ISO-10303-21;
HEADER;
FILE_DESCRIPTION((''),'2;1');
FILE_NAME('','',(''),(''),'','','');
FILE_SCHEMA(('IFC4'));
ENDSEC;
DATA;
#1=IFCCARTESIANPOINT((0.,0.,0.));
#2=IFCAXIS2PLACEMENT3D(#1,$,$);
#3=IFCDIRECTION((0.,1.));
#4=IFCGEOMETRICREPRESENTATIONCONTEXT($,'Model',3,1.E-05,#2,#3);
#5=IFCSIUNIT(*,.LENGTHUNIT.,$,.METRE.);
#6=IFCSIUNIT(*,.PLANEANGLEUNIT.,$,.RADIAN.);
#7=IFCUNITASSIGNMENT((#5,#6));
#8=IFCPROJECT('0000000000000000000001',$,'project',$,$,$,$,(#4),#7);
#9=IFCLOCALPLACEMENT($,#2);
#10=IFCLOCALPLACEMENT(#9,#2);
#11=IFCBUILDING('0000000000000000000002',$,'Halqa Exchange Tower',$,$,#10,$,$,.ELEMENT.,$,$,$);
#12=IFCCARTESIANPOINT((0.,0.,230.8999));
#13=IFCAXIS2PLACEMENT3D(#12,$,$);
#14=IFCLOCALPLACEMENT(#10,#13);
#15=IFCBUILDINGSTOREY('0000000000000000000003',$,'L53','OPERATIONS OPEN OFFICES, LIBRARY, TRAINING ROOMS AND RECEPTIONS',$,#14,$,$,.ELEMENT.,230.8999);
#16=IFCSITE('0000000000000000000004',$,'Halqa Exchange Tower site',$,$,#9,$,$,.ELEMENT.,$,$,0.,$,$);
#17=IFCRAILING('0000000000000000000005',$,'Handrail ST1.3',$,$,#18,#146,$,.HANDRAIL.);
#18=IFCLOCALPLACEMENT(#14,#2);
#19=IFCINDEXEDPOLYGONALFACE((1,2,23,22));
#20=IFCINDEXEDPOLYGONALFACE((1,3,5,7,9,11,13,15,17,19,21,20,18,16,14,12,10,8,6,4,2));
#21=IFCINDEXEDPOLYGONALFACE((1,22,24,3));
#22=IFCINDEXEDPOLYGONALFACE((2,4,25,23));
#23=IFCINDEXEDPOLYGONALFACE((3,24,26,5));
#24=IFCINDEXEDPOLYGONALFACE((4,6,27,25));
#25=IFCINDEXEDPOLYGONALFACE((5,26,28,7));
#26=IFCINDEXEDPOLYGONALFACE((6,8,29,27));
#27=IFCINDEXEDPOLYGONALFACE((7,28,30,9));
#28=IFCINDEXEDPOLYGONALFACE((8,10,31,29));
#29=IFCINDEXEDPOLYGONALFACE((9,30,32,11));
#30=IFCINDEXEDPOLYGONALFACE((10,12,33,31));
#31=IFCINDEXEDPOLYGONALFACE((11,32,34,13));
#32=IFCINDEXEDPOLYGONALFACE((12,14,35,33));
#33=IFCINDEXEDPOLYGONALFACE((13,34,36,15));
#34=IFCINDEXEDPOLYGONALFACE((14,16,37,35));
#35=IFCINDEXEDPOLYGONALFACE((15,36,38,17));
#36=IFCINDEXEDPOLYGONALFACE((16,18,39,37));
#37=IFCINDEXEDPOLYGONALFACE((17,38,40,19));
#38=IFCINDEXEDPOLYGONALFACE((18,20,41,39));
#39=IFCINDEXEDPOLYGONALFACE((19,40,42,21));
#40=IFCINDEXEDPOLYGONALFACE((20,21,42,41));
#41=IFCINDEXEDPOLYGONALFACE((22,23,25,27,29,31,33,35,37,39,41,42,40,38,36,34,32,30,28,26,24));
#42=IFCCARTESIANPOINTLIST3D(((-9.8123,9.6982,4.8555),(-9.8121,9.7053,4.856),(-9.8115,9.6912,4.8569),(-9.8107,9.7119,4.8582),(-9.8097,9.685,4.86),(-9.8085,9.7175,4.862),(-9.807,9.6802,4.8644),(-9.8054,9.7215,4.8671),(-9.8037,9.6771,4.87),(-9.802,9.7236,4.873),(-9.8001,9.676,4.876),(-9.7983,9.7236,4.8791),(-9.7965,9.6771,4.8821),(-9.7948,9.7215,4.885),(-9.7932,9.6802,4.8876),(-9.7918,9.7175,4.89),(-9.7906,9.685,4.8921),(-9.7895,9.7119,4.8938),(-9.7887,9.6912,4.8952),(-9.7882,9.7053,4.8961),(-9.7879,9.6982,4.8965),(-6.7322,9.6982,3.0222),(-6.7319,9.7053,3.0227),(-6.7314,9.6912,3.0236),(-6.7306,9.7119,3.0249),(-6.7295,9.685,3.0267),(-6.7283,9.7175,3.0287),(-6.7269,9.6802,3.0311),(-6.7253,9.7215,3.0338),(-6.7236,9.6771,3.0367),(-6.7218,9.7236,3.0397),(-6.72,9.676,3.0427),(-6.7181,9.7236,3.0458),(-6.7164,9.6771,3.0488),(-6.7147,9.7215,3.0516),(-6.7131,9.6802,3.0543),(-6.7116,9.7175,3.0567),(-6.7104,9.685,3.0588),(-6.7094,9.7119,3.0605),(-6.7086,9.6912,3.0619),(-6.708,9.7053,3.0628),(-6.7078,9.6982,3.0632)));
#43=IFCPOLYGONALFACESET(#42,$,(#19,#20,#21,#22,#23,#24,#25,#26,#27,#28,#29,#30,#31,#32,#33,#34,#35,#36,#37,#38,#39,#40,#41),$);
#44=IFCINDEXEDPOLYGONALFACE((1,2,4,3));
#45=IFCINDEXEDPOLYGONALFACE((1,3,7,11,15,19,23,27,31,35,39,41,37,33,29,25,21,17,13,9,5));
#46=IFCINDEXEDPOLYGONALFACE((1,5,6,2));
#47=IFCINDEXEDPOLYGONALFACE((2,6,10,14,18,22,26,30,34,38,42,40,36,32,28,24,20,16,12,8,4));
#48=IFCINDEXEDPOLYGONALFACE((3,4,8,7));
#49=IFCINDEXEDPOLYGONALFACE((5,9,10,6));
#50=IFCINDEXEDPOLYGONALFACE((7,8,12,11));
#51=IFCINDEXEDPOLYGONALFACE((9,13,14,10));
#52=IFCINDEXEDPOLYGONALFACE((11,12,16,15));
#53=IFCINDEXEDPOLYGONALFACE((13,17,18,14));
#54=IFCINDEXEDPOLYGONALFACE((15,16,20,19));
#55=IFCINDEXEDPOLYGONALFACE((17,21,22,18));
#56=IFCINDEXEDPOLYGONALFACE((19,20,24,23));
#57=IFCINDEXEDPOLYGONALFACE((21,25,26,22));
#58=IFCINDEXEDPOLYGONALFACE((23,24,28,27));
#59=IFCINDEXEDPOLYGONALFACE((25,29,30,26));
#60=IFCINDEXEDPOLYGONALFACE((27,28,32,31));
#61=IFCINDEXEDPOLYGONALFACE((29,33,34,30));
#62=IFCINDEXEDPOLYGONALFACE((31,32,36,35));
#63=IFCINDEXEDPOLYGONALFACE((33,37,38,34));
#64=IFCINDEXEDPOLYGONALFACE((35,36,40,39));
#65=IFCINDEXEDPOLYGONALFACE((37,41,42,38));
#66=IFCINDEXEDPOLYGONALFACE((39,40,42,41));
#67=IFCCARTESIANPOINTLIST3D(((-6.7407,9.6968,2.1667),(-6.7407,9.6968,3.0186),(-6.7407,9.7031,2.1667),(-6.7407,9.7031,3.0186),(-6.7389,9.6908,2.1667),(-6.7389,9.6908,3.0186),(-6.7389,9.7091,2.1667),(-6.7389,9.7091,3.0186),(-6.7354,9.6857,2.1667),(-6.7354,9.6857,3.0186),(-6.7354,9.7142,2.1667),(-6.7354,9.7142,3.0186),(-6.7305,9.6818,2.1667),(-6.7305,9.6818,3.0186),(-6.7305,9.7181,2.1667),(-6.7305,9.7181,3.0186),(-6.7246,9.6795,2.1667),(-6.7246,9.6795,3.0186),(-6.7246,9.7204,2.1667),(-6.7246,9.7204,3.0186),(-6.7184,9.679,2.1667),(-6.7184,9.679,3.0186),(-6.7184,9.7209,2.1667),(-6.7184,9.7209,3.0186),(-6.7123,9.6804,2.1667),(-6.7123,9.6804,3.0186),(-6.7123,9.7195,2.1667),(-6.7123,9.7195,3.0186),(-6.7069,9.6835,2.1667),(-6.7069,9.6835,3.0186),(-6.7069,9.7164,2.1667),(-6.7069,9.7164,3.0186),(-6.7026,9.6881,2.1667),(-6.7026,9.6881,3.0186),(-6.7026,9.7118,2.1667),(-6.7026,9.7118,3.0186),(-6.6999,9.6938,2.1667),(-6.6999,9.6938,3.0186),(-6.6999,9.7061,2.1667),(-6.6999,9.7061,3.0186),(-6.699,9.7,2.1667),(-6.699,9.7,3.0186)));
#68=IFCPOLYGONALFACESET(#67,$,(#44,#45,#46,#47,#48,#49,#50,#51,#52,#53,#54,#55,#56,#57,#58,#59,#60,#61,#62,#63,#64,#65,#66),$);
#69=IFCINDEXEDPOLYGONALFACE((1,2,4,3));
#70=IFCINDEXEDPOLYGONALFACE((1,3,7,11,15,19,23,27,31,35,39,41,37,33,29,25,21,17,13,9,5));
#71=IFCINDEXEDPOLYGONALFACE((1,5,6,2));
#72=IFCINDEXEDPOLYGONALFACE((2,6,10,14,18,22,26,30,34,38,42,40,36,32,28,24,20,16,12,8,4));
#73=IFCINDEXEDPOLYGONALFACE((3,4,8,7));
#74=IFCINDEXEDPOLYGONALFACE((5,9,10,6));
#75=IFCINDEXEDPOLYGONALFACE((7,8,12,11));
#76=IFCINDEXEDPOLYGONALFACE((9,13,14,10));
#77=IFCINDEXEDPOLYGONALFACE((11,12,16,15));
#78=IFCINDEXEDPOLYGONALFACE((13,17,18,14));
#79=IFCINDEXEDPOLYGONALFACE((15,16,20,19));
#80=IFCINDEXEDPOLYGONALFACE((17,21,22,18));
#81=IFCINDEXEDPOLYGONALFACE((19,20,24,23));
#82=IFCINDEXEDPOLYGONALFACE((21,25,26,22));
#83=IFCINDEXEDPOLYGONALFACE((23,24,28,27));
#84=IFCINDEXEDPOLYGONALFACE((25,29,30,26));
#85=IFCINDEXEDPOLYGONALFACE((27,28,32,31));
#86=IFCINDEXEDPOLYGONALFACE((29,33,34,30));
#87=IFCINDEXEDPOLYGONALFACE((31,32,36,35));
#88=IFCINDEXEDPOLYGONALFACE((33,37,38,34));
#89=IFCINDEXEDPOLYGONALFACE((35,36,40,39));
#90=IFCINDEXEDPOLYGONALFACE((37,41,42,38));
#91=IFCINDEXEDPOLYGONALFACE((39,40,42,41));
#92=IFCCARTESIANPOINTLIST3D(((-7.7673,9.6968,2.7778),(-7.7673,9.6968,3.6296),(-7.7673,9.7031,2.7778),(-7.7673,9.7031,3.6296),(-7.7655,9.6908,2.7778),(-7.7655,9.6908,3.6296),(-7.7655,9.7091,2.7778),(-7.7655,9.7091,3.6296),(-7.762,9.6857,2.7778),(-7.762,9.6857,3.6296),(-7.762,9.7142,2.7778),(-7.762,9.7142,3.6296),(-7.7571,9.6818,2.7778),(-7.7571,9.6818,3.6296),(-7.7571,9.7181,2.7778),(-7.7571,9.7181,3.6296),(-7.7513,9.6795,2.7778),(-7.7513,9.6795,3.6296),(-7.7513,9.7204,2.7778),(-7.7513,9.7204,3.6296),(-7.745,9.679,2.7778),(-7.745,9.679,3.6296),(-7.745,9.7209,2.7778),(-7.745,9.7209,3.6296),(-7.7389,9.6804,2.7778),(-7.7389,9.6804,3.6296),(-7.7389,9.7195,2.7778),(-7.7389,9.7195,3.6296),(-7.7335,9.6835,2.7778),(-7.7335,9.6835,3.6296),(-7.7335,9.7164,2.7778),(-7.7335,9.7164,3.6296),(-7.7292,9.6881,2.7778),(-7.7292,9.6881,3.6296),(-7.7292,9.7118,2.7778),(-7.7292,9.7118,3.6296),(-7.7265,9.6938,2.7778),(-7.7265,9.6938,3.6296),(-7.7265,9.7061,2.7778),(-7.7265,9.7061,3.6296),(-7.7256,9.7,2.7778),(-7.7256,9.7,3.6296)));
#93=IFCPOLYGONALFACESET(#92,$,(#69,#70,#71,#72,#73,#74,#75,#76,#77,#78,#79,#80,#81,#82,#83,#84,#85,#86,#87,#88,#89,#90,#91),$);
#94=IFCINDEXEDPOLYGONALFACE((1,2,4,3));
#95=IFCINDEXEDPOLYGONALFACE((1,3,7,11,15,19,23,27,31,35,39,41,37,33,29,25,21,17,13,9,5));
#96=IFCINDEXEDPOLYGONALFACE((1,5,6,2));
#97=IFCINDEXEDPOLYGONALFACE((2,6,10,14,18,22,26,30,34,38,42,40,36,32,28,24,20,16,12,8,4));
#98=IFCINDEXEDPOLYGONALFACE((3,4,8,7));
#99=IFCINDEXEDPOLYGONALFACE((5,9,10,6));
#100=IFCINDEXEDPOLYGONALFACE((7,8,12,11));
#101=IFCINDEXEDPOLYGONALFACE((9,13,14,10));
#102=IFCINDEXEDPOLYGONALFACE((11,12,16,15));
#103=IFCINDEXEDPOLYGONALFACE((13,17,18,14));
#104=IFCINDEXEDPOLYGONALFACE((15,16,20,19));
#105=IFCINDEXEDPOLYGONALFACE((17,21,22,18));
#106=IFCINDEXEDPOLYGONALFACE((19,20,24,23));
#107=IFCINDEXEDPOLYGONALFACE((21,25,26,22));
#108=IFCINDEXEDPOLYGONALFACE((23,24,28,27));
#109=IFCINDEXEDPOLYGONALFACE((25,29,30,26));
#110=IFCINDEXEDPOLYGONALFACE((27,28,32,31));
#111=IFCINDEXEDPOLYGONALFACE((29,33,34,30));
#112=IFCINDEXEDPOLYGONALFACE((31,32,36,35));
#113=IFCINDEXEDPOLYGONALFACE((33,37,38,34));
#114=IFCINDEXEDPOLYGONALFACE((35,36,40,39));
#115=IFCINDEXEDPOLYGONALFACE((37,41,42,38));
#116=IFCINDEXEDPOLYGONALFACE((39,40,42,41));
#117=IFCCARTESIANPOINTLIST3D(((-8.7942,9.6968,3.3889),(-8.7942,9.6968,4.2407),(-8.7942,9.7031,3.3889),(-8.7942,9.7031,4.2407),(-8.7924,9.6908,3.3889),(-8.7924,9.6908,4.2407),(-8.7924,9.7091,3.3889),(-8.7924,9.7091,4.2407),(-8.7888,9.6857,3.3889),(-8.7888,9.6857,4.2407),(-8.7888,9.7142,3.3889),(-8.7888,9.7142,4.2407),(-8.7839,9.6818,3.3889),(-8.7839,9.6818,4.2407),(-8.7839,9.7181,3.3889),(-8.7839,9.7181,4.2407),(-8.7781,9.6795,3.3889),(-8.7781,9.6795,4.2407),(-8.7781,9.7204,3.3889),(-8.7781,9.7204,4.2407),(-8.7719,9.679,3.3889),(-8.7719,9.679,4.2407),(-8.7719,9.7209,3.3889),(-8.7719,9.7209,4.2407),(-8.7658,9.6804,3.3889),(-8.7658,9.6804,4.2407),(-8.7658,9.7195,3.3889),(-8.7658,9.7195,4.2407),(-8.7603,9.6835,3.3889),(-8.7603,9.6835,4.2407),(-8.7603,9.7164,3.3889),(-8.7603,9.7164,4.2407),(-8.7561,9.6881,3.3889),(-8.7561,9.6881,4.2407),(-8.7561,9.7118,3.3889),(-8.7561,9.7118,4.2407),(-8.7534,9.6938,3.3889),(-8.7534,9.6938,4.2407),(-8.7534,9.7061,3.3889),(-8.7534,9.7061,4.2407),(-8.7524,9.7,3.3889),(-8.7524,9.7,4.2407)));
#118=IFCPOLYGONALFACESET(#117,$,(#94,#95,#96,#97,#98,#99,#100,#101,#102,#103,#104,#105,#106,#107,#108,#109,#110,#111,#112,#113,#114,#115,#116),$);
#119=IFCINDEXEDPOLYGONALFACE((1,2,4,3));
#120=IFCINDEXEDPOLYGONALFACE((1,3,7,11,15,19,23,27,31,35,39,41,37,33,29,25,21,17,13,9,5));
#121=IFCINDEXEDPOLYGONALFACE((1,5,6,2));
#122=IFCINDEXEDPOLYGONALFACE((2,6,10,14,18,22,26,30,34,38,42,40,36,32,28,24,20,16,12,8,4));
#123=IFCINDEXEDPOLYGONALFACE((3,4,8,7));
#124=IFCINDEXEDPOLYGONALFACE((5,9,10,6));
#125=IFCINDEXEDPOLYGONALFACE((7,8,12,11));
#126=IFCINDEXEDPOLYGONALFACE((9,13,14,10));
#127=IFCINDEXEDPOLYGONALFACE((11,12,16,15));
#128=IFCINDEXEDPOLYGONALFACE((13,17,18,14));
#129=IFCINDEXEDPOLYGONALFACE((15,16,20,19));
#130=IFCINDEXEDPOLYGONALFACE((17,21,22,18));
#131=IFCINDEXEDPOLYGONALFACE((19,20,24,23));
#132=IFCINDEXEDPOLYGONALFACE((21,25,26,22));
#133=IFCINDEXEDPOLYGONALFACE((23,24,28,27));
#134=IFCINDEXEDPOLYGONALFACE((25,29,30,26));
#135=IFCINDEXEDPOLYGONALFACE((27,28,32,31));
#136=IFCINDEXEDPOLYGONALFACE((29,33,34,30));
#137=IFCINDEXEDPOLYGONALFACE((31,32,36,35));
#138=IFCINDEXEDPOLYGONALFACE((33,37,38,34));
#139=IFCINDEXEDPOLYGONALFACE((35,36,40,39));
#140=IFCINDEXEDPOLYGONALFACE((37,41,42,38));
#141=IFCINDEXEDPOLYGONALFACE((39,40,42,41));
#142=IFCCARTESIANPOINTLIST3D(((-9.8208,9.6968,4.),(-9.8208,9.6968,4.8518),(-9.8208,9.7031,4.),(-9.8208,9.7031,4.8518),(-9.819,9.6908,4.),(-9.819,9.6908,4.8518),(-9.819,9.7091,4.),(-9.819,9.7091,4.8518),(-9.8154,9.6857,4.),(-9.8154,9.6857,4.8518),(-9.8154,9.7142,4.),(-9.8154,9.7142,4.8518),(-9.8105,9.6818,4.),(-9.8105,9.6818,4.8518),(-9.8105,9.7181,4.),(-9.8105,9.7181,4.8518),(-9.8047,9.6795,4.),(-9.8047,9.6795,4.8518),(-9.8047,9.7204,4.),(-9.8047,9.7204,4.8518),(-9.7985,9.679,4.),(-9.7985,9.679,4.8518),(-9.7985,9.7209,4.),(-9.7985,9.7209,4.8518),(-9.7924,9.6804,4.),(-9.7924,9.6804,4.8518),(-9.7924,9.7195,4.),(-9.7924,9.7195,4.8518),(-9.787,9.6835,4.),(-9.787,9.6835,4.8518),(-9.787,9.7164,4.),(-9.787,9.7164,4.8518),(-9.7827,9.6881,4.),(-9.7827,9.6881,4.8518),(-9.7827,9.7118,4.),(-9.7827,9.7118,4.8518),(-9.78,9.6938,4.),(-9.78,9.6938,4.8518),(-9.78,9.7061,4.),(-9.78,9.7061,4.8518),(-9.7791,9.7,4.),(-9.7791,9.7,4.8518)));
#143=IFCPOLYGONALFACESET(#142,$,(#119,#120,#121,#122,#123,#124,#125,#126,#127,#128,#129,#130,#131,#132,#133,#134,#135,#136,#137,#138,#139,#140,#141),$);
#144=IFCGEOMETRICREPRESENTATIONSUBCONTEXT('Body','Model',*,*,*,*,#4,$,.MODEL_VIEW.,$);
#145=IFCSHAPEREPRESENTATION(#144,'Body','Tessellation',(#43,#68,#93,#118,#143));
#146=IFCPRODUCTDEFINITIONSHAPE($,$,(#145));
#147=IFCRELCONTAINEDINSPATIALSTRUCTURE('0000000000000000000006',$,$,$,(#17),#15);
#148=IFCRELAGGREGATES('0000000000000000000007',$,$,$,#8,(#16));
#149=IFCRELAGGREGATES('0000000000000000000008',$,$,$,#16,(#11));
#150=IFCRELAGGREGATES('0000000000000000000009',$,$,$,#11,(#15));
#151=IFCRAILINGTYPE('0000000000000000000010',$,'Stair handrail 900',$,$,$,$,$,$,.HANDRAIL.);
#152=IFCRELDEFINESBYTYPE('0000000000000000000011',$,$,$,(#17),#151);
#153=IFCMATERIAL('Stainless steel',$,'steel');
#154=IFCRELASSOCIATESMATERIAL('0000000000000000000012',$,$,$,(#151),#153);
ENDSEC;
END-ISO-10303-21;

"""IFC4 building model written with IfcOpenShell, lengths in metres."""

from ifc_helpers import new_model, si_unit, direction, frame, origin, origin_2d, place, context, subcontext, project, spatial, circle, extrude, material, type_object, element, save


model = new_model("IFC4")

# Units and contexts
model_context = context("Model", 3, precision=1e-05, world=origin(), true_north=direction((0.0, 1.0)))
body_context = subcontext(model_context, "Body", "Model", "MODEL_VIEW")
ifc_project = project(units=[si_unit("LENGTHUNIT", "METRE"), si_unit("PLANEANGLEUNIT", "RADIAN")], contexts=[model_context])

# Site, building, storey
site_placement = place(None, origin())
site = spatial("IfcSite", under=ifc_project, at=site_placement, Name="Halqa Exchange Tower site", CompositionType="ELEMENT", RefElevation=0.0)
building_placement = place(site_placement, origin())
building = spatial("IfcBuilding", under=site, at=building_placement, Name="Halqa Exchange Tower", CompositionType="ELEMENT")
storey_placement = place(building_placement, frame((0.0, 0.0, 230.8999)))
storey = spatial("IfcBuildingStorey", under=building, at=storey_placement, Name="L53", Description="OPERATIONS OPEN OFFICES, LIBRARY, TRAINING ROOMS AND RECEPTIONS", CompositionType="ELEMENT", Elevation=230.8999)

# Railing
ifc_material_1 = material(Name="Stainless steel", Category="steel")
railing_type_1 = type_object("IfcRailingType", Name="Stair handrail 900", PredefinedType="HANDRAIL", material=ifc_material_1)
railing_1_placement = place(storey_placement, frame((-6.72, 9.7, 2.1667)))
element("IfcRailing", 1, at=railing_1_placement, inside=storey, type_object=railing_type_1, Name="Handrail ST1.3", PredefinedType="HANDRAIL", context=body_context, shape_type="SweptSolid", body=[
    extrude(circle(Radius=0.0239, at=origin_2d()), frame((0.0, 0.0, 0.876), z_axis=(-0.859309, 0.0, 0.511458), x_axis=(0.0, -1.0, 0.0)), (0.0, 0.0, 1.0), 3.5845),
    extrude(circle(Radius=0.021, at=origin_2d()), origin(), (0.0, 0.0, 1.0), 0.8518),
    extrude(circle(Radius=0.021, at=origin_2d()), frame((-1.0266, 0.0, 0.6111)), (0.0, 0.0, 1.0), 0.8518),
    extrude(circle(Radius=0.021, at=origin_2d()), frame((-2.0535, 0.0, 1.2222)), (0.0, 0.0, 1.0), 0.8518),
    extrude(circle(Radius=0.021, at=origin_2d()), frame((-3.0801, 0.0, 1.8333)), (0.0, 0.0, 1.0), 0.8518),
])

save(model, "model.ifc")
